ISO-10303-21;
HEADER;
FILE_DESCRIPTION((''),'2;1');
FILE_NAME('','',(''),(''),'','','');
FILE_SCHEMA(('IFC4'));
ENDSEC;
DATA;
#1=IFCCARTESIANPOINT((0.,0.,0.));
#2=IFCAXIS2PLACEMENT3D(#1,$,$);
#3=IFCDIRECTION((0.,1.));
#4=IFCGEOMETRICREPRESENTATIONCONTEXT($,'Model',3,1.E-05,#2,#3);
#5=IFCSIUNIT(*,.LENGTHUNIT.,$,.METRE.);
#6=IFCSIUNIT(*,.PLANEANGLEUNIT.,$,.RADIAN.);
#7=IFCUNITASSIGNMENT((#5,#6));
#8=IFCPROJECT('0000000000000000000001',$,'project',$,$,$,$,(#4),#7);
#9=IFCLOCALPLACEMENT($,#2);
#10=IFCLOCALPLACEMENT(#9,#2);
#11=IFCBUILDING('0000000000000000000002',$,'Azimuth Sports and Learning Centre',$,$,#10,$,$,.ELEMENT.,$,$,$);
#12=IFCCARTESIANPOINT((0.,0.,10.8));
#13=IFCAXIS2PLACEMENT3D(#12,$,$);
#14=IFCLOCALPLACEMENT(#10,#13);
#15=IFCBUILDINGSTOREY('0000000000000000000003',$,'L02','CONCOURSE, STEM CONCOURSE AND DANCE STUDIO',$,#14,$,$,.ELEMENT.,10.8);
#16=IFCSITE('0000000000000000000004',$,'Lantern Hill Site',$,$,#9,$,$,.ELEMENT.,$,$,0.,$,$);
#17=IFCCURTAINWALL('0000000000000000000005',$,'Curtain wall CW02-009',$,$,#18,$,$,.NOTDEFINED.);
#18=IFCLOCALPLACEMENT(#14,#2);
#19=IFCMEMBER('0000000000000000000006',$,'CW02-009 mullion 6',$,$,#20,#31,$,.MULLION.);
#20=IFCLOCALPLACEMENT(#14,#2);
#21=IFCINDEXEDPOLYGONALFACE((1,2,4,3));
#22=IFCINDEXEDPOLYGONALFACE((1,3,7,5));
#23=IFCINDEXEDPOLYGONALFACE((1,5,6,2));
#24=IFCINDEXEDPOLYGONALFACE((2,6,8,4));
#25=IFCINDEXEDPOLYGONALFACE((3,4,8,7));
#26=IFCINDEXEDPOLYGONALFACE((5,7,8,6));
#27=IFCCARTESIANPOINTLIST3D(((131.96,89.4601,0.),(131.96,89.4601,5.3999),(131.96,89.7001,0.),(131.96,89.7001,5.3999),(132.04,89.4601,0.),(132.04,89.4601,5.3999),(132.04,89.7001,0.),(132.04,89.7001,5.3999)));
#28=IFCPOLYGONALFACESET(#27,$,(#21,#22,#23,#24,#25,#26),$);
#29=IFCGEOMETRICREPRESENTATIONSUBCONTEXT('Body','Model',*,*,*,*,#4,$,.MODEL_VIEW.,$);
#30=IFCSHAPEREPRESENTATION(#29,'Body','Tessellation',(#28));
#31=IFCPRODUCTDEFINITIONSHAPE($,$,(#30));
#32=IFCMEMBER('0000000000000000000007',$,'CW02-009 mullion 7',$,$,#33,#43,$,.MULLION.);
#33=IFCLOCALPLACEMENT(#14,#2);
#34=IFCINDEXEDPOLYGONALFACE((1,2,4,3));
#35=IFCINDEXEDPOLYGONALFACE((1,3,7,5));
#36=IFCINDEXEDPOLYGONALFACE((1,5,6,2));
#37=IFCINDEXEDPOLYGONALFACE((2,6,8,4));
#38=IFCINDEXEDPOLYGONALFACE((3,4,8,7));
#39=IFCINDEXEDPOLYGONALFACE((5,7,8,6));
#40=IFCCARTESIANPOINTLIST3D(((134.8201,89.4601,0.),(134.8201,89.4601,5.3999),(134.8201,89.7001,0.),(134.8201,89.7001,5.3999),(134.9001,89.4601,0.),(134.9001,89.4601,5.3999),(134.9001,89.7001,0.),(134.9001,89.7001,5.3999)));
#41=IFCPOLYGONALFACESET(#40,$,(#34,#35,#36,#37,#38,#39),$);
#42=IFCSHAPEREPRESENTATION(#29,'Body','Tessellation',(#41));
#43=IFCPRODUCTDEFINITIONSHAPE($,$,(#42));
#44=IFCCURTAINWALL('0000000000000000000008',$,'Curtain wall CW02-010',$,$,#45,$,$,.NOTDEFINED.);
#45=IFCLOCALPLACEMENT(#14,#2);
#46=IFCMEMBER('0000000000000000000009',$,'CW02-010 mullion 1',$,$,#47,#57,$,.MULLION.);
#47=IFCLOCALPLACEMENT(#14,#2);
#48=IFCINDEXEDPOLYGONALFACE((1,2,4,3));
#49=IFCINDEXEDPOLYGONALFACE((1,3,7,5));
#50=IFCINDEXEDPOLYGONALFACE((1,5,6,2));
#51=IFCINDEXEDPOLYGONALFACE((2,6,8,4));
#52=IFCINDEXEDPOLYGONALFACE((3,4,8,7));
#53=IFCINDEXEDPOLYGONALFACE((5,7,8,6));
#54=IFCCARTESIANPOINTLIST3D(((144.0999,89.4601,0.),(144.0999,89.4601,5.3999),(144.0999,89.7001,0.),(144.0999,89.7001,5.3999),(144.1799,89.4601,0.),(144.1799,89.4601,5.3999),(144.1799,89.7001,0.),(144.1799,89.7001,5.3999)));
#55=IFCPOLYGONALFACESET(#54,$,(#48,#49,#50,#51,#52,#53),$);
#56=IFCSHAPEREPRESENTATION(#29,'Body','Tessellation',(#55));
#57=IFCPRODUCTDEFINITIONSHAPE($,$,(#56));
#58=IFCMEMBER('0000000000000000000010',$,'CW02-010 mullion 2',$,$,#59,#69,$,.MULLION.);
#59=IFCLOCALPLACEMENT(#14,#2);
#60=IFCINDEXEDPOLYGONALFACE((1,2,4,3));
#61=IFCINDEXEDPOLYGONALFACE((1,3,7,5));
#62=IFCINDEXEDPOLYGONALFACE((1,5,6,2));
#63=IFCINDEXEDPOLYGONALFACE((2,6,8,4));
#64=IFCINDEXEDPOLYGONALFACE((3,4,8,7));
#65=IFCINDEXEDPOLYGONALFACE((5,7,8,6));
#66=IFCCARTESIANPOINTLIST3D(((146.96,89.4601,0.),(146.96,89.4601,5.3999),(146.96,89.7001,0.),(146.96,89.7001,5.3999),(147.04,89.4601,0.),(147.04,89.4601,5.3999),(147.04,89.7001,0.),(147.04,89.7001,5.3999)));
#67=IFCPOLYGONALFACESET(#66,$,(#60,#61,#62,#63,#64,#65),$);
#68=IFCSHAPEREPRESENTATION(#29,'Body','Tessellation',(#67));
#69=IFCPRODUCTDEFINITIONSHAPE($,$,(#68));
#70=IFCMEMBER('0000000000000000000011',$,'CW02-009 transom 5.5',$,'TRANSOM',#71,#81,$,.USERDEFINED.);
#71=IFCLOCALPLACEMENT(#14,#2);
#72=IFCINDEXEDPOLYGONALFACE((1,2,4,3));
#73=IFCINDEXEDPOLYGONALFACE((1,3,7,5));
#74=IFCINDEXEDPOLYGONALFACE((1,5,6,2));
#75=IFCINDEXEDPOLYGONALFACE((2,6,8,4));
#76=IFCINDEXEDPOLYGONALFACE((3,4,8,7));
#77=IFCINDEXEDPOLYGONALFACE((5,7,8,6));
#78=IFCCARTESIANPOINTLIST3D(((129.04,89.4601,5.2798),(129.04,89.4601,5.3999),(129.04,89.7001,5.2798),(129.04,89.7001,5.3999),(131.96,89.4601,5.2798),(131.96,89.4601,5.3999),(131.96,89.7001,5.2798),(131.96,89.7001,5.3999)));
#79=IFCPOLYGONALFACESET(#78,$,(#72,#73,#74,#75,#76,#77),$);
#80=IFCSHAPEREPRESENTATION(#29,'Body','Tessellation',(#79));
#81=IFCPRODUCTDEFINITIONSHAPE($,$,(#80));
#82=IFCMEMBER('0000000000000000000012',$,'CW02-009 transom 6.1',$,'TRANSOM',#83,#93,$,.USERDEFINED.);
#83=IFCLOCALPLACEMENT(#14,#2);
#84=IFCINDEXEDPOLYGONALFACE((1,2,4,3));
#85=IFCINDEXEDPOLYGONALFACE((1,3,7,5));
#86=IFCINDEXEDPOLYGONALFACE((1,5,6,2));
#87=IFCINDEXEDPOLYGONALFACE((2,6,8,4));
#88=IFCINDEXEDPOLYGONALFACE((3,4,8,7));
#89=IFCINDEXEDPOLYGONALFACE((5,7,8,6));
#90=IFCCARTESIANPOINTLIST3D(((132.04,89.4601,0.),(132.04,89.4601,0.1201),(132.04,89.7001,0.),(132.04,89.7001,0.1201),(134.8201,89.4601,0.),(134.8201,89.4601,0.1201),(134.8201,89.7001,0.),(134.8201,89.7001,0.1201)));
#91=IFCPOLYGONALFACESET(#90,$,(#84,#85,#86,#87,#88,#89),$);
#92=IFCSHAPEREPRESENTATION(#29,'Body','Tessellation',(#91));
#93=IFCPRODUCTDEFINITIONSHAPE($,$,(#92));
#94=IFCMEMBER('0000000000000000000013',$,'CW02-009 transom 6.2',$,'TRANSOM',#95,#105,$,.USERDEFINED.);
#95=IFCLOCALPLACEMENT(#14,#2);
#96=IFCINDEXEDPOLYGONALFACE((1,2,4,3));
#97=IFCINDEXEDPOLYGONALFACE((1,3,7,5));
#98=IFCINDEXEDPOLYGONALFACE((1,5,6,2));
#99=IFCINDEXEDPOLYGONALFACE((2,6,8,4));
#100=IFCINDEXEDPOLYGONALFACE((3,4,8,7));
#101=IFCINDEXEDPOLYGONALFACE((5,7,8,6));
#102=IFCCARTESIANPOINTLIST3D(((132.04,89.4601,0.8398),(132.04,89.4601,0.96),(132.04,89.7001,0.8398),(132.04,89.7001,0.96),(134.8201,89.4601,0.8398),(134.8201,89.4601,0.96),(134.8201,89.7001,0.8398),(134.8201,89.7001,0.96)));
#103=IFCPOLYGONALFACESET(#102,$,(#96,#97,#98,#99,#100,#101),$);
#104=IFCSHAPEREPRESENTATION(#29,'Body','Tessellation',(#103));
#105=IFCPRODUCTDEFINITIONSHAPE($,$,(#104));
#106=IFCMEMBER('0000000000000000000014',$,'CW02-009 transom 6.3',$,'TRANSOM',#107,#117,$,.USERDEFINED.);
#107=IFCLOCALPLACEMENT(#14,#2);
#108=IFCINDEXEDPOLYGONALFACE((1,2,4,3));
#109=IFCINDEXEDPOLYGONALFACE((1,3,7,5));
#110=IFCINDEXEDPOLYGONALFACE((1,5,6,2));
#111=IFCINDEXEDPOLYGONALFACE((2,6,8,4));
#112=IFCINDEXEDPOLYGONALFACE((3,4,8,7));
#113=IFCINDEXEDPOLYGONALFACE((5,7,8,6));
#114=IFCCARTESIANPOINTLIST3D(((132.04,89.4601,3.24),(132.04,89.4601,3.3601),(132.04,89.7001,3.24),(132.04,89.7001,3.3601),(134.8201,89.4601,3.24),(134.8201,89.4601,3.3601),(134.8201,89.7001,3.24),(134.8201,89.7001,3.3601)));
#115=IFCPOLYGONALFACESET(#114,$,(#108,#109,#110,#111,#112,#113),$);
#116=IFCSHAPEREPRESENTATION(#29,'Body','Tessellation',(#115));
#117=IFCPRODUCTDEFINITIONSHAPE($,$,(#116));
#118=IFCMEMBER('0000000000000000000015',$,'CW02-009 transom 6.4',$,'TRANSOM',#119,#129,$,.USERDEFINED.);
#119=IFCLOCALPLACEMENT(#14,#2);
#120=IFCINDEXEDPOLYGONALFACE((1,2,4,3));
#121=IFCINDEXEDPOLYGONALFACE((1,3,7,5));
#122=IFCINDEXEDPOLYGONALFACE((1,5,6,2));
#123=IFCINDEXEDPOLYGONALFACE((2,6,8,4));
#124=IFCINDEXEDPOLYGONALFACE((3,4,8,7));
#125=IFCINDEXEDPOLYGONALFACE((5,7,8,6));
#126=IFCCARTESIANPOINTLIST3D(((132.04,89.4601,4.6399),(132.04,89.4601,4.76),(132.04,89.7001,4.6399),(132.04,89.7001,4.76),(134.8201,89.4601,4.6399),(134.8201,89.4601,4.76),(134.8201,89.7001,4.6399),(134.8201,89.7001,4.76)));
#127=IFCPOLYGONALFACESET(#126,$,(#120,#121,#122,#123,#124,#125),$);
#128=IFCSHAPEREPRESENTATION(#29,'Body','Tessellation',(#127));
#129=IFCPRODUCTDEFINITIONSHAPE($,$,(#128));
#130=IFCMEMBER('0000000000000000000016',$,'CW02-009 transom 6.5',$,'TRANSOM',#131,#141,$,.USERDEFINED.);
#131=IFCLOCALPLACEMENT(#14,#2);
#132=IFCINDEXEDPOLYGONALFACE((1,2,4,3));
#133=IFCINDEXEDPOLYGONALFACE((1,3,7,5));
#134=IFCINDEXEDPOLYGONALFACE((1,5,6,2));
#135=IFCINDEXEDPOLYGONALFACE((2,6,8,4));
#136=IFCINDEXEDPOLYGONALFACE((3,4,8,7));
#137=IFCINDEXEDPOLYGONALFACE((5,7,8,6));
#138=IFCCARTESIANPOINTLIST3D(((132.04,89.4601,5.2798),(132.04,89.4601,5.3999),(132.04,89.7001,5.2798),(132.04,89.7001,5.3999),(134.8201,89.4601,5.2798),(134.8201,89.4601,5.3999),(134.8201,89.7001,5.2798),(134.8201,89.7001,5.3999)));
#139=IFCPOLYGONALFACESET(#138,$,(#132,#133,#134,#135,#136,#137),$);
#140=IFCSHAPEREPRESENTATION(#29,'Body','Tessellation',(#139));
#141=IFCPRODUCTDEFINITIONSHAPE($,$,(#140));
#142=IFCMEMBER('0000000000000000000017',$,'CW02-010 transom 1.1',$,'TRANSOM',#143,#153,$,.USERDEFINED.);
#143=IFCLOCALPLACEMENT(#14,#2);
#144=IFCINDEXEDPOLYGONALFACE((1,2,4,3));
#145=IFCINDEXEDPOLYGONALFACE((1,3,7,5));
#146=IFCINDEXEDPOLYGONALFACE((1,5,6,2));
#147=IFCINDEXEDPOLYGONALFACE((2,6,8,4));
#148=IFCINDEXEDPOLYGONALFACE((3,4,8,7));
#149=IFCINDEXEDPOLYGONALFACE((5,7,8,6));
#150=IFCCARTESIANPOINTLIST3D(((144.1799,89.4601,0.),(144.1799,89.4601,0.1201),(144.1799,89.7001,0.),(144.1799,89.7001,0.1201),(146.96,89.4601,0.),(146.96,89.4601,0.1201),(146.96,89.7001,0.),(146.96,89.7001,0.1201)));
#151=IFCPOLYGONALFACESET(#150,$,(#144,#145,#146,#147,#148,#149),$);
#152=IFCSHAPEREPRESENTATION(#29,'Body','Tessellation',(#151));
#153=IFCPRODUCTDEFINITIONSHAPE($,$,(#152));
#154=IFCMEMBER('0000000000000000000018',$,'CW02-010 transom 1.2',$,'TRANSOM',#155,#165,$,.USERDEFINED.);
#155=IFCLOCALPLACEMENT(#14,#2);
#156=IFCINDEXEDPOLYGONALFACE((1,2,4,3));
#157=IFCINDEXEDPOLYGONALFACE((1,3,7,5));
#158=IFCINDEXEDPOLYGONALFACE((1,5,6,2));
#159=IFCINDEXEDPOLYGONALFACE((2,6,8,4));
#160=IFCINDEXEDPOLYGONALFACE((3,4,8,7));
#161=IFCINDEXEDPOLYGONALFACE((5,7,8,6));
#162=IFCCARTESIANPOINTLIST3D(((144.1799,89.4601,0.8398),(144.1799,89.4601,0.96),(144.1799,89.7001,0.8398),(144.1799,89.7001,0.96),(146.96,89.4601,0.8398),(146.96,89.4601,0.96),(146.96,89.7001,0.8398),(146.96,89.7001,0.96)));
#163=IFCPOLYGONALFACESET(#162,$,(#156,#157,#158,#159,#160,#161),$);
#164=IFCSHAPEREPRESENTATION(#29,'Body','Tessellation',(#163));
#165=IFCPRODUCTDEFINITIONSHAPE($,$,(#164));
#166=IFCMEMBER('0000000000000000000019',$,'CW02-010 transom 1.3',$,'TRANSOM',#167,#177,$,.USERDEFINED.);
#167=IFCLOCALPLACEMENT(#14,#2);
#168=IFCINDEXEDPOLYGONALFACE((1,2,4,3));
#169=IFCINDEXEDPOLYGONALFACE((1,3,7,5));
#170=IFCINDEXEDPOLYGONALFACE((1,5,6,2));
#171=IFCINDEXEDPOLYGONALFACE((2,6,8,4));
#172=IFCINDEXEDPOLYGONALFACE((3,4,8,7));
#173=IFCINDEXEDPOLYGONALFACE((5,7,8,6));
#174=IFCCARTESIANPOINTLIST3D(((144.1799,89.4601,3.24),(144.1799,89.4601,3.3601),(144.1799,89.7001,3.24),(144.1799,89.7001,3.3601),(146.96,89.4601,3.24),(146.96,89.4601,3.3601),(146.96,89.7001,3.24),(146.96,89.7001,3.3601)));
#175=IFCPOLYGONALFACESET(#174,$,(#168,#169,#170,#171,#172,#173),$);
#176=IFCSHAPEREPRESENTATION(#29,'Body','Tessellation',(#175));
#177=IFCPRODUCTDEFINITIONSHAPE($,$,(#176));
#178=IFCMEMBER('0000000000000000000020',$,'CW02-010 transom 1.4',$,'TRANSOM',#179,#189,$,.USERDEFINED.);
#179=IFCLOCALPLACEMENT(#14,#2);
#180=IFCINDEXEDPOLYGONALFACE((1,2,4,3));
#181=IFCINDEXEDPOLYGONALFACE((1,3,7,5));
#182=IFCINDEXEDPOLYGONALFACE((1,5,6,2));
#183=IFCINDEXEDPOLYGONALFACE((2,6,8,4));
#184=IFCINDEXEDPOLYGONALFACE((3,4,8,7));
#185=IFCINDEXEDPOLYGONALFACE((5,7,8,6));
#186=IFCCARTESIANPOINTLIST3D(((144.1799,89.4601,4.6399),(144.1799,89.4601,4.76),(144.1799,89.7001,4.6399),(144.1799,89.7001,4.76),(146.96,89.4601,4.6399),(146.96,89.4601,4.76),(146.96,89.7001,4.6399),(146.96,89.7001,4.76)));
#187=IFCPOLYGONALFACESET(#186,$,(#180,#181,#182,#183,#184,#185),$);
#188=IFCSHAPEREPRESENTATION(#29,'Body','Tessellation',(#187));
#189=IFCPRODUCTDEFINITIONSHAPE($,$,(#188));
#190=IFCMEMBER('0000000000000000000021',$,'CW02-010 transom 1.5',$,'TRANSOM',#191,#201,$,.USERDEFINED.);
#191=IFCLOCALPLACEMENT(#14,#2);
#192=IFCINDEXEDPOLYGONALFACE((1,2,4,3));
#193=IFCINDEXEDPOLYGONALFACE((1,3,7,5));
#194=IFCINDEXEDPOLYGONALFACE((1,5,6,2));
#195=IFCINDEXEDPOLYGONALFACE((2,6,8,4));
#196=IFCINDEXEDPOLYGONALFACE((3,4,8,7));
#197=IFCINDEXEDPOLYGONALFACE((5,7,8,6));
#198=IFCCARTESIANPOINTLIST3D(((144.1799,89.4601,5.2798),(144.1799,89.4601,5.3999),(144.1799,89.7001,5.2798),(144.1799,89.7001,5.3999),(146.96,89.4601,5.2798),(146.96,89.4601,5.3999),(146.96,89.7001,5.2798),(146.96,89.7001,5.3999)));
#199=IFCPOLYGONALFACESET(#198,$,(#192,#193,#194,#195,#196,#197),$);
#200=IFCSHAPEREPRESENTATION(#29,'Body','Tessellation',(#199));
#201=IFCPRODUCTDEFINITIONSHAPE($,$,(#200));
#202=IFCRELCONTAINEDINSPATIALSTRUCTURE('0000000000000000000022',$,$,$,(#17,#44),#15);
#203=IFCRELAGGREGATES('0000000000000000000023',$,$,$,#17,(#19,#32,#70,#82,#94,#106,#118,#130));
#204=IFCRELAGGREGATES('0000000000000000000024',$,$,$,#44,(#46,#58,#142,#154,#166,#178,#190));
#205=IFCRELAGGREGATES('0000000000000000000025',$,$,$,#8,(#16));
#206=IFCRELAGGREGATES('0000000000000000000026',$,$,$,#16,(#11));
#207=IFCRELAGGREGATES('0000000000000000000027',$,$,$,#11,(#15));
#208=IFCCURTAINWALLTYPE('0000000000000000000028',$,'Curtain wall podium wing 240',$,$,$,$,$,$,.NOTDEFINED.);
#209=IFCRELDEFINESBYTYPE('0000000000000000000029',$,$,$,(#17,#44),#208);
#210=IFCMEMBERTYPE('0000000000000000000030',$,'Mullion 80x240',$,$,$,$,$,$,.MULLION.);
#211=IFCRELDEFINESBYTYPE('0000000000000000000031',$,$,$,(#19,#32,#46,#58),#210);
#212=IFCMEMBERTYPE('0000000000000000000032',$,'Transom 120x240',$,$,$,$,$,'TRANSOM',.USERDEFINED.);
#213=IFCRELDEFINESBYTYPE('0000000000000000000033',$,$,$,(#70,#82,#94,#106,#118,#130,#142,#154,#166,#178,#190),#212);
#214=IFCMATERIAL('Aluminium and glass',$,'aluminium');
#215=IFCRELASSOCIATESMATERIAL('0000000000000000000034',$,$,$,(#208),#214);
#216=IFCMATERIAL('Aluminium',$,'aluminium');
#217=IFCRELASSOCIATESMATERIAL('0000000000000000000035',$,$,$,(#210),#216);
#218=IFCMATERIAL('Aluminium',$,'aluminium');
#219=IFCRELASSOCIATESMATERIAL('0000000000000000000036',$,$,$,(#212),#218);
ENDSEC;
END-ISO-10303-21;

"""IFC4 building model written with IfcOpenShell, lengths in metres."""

from ifc_helpers import new_model, si_unit, direction, frame, origin, origin_2d, place, context, subcontext, project, spatial, rectangle, extrude, material, material_profile, profile_set, type_object, element, aggregate, save


model = new_model("IFC4")

# Units and contexts
model_context = context("Model", 3, precision=1e-05, world=origin(), true_north=direction((0.0, 1.0)))
body_context = subcontext(model_context, "Body", "Model", "MODEL_VIEW")
ifc_project = project(units=[si_unit("LENGTHUNIT", "METRE"), si_unit("PLANEANGLEUNIT", "RADIAN")], contexts=[model_context])

# Site, building, storey
site_placement = place(None, origin())
site = spatial("IfcSite", under=ifc_project, at=site_placement, Name="Lantern Hill Site", CompositionType="ELEMENT", RefElevation=0.0)
building_placement = place(site_placement, origin())
building = spatial("IfcBuilding", under=site, at=building_placement, Name="Azimuth Sports and Learning Centre", CompositionType="ELEMENT")
storey_placement = place(building_placement, frame((0.0, 0.0, 10.8)))
storey = spatial("IfcBuildingStorey", under=building, at=storey_placement, Name="L02", Description="CONCOURSE, STEM CONCOURSE AND DANCE STUDIO", CompositionType="ELEMENT", Elevation=10.8)

# Curtain walls, members
ifc_material_1 = material(Name="Aluminium and glass", Category="aluminium")
curtain_wall_type = type_object("IfcCurtainWallType", Name="Curtain wall podium wing 240", PredefinedType="NOTDEFINED", material=ifc_material_1)
curtain_wall_1_placement = place(storey_placement, origin())
curtain_wall_1 = element("IfcCurtainWall", 1, at=curtain_wall_1_placement, inside=storey, type_object=curtain_wall_type, Name="Curtain wall CW02-009", PredefinedType="NOTDEFINED")
ifc_material_2 = material(Name="Aluminium", Category="aluminium")
ifc_material_profile_1 = material_profile(ifc_material_2, rectangle(XDim=0.24, YDim=0.0801, at=origin_2d()), Name="Mullion 80x240")
ifc_profile_set_1 = profile_set([ifc_material_profile_1], Name="Aluminium")
member_type_1 = type_object("IfcMemberType", Name="Mullion 80x240", PredefinedType="MULLION", material=ifc_profile_set_1)
member_1_placement = place(storey_placement, frame((132.0, 89.5801, 0.0), z_axis=(0.0, 0.0, 1.0), x_axis=(0.0, 1.0, 0.0)))
member_1 = element("IfcMember", 2, at=member_1_placement, type_object=member_type_1, Name="CW02-009 mullion 6", PredefinedType="MULLION", context=body_context, shape_type="SweptSolid", body=[
    extrude(rectangle(XDim=0.24, YDim=0.0801, at=origin_2d()), origin(), (0.0, 0.0, 1.0), 5.3999),
])
member_2_placement = place(storey_placement, frame((134.8601, 89.5801, 0.0), z_axis=(0.0, 0.0, 1.0), x_axis=(0.0, 1.0, 0.0)))
member_2 = element("IfcMember", 3, at=member_2_placement, type_object=member_type_1, Name="CW02-009 mullion 7", PredefinedType="MULLION", context=body_context, shape_type="SweptSolid", body=[
    extrude(rectangle(XDim=0.24, YDim=0.0801, at=origin_2d()), origin(), (0.0, 0.0, 1.0), 5.3999),
])
curtain_wall_2_placement = place(storey_placement, origin())
curtain_wall_2 = element("IfcCurtainWall", 4, at=curtain_wall_2_placement, inside=storey, type_object=curtain_wall_type, Name="Curtain wall CW02-010", PredefinedType="NOTDEFINED")
member_3_placement = place(storey_placement, frame((144.1399, 89.5801, 0.0), z_axis=(0.0, 0.0, 1.0), x_axis=(0.0, 1.0, 0.0)))
member_3 = element("IfcMember", 5, at=member_3_placement, type_object=member_type_1, Name="CW02-010 mullion 1", PredefinedType="MULLION", context=body_context, shape_type="SweptSolid", body=[
    extrude(rectangle(XDim=0.24, YDim=0.0801, at=origin_2d()), origin(), (0.0, 0.0, 1.0), 5.3999),
])
member_4_placement = place(storey_placement, frame((147.0, 89.5801, 0.0), z_axis=(0.0, 0.0, 1.0), x_axis=(0.0, 1.0, 0.0)))
member_4 = element("IfcMember", 6, at=member_4_placement, type_object=member_type_1, Name="CW02-010 mullion 2", PredefinedType="MULLION", context=body_context, shape_type="SweptSolid", body=[
    extrude(rectangle(XDim=0.24, YDim=0.0801, at=origin_2d()), origin(), (0.0, 0.0, 1.0), 5.3999),
])

# Members
ifc_material_3 = material(Name="Aluminium", Category="aluminium")
ifc_material_profile_2 = material_profile(ifc_material_3, rectangle(XDim=0.24, YDim=0.1201, at=origin_2d()), Name="Transom 120x240")
ifc_profile_set_2 = profile_set([ifc_material_profile_2], Name="Aluminium")
member_type_2 = type_object("IfcMemberType", Name="Transom 120x240", ElementType="TRANSOM", PredefinedType="USERDEFINED", material=ifc_profile_set_2)
member_5_placement = place(storey_placement, frame((129.04, 89.5801, 5.3398), z_axis=(1.0, 0.0, 0.0), x_axis=(0.0, 1.0, 0.0)))
member_5 = element("IfcMember", 7, at=member_5_placement, type_object=member_type_2, Name="CW02-009 transom 5.5", ObjectType="TRANSOM", PredefinedType="USERDEFINED", context=body_context, shape_type="SweptSolid", body=[
    extrude(rectangle(XDim=0.24, YDim=0.1201, at=origin_2d()), origin(), (0.0, 0.0, 1.0), 2.9199),
])
member_6_placement = place(storey_placement, frame((132.04, 89.5801, 0.0601), z_axis=(1.0, 0.0, 0.0), x_axis=(0.0, 1.0, 0.0)))
member_6 = element("IfcMember", 8, at=member_6_placement, type_object=member_type_2, Name="CW02-009 transom 6.1", ObjectType="TRANSOM", PredefinedType="USERDEFINED", context=body_context, shape_type="SweptSolid", body=[
    extrude(rectangle(XDim=0.24, YDim=0.1201, at=origin_2d()), origin(), (0.0, 0.0, 1.0), 2.78),
])
member_7_placement = place(storey_placement, frame((132.04, 89.5801, 0.8999), z_axis=(1.0, 0.0, 0.0), x_axis=(0.0, 1.0, 0.0)))
member_7 = element("IfcMember", 9, at=member_7_placement, type_object=member_type_2, Name="CW02-009 transom 6.2", ObjectType="TRANSOM", PredefinedType="USERDEFINED", context=body_context, shape_type="SweptSolid", body=[
    extrude(rectangle(XDim=0.24, YDim=0.1201, at=origin_2d()), origin(), (0.0, 0.0, 1.0), 2.78),
])
member_8_placement = place(storey_placement, frame((132.04, 89.5801, 3.3), z_axis=(1.0, 0.0, 0.0), x_axis=(0.0, 1.0, 0.0)))
member_8 = element("IfcMember", 10, at=member_8_placement, type_object=member_type_2, Name="CW02-009 transom 6.3", ObjectType="TRANSOM", PredefinedType="USERDEFINED", context=body_context, shape_type="SweptSolid", body=[
    extrude(rectangle(XDim=0.24, YDim=0.1201, at=origin_2d()), origin(), (0.0, 0.0, 1.0), 2.78),
])
member_9_placement = place(storey_placement, frame((132.04, 89.5801, 4.7), z_axis=(1.0, 0.0, 0.0), x_axis=(0.0, 1.0, 0.0)))
member_9 = element("IfcMember", 11, at=member_9_placement, type_object=member_type_2, Name="CW02-009 transom 6.4", ObjectType="TRANSOM", PredefinedType="USERDEFINED", context=body_context, shape_type="SweptSolid", body=[
    extrude(rectangle(XDim=0.24, YDim=0.1201, at=origin_2d()), origin(), (0.0, 0.0, 1.0), 2.78),
])
member_10_placement = place(storey_placement, frame((132.04, 89.5801, 5.3398), z_axis=(1.0, 0.0, 0.0), x_axis=(0.0, 1.0, 0.0)))
member_10 = element("IfcMember", 12, at=member_10_placement, type_object=member_type_2, Name="CW02-009 transom 6.5", ObjectType="TRANSOM", PredefinedType="USERDEFINED", context=body_context, shape_type="SweptSolid", body=[
    extrude(rectangle(XDim=0.24, YDim=0.1201, at=origin_2d()), origin(), (0.0, 0.0, 1.0), 2.78),
])
member_11_placement = place(storey_placement, frame((144.1799, 89.5801, 0.0601), z_axis=(1.0, 0.0, 0.0), x_axis=(0.0, 1.0, 0.0)))
member_11 = element("IfcMember", 13, at=member_11_placement, type_object=member_type_2, Name="CW02-010 transom 1.1", ObjectType="TRANSOM", PredefinedType="USERDEFINED", context=body_context, shape_type="SweptSolid", body=[
    extrude(rectangle(XDim=0.24, YDim=0.1201, at=origin_2d()), origin(), (0.0, 0.0, 1.0), 2.78),
])
member_12_placement = place(storey_placement, frame((144.1799, 89.5801, 0.8999), z_axis=(1.0, 0.0, 0.0), x_axis=(0.0, 1.0, 0.0)))
member_12 = element("IfcMember", 14, at=member_12_placement, type_object=member_type_2, Name="CW02-010 transom 1.2", ObjectType="TRANSOM", PredefinedType="USERDEFINED", context=body_context, shape_type="SweptSolid", body=[
    extrude(rectangle(XDim=0.24, YDim=0.1201, at=origin_2d()), origin(), (0.0, 0.0, 1.0), 2.78),
])
member_13_placement = place(storey_placement, frame((144.1799, 89.5801, 3.3), z_axis=(1.0, 0.0, 0.0), x_axis=(0.0, 1.0, 0.0)))
member_13 = element("IfcMember", 15, at=member_13_placement, type_object=member_type_2, Name="CW02-010 transom 1.3", ObjectType="TRANSOM", PredefinedType="USERDEFINED", context=body_context, shape_type="SweptSolid", body=[
    extrude(rectangle(XDim=0.24, YDim=0.1201, at=origin_2d()), origin(), (0.0, 0.0, 1.0), 2.78),
])
member_14_placement = place(storey_placement, frame((144.1799, 89.5801, 4.7), z_axis=(1.0, 0.0, 0.0), x_axis=(0.0, 1.0, 0.0)))
member_14 = element("IfcMember", 16, at=member_14_placement, type_object=member_type_2, Name="CW02-010 transom 1.4", ObjectType="TRANSOM", PredefinedType="USERDEFINED", context=body_context, shape_type="SweptSolid", body=[
    extrude(rectangle(XDim=0.24, YDim=0.1201, at=origin_2d()), origin(), (0.0, 0.0, 1.0), 2.78),
])
member_15_placement = place(storey_placement, frame((144.1799, 89.5801, 5.3398), z_axis=(1.0, 0.0, 0.0), x_axis=(0.0, 1.0, 0.0)))
member_15 = element("IfcMember", 17, at=member_15_placement, type_object=member_type_2, Name="CW02-010 transom 1.5", ObjectType="TRANSOM", PredefinedType="USERDEFINED", context=body_context, shape_type="SweptSolid", body=[
    extrude(rectangle(XDim=0.24, YDim=0.1201, at=origin_2d()), origin(), (0.0, 0.0, 1.0), 2.78),
])

aggregate(curtain_wall_1, [member_1, member_2, member_5, member_6, member_7, member_8, member_9, member_10])
aggregate(curtain_wall_2, [member_3, member_4, member_11, member_12, member_13, member_14, member_15])

save(model, "model.ifc")
